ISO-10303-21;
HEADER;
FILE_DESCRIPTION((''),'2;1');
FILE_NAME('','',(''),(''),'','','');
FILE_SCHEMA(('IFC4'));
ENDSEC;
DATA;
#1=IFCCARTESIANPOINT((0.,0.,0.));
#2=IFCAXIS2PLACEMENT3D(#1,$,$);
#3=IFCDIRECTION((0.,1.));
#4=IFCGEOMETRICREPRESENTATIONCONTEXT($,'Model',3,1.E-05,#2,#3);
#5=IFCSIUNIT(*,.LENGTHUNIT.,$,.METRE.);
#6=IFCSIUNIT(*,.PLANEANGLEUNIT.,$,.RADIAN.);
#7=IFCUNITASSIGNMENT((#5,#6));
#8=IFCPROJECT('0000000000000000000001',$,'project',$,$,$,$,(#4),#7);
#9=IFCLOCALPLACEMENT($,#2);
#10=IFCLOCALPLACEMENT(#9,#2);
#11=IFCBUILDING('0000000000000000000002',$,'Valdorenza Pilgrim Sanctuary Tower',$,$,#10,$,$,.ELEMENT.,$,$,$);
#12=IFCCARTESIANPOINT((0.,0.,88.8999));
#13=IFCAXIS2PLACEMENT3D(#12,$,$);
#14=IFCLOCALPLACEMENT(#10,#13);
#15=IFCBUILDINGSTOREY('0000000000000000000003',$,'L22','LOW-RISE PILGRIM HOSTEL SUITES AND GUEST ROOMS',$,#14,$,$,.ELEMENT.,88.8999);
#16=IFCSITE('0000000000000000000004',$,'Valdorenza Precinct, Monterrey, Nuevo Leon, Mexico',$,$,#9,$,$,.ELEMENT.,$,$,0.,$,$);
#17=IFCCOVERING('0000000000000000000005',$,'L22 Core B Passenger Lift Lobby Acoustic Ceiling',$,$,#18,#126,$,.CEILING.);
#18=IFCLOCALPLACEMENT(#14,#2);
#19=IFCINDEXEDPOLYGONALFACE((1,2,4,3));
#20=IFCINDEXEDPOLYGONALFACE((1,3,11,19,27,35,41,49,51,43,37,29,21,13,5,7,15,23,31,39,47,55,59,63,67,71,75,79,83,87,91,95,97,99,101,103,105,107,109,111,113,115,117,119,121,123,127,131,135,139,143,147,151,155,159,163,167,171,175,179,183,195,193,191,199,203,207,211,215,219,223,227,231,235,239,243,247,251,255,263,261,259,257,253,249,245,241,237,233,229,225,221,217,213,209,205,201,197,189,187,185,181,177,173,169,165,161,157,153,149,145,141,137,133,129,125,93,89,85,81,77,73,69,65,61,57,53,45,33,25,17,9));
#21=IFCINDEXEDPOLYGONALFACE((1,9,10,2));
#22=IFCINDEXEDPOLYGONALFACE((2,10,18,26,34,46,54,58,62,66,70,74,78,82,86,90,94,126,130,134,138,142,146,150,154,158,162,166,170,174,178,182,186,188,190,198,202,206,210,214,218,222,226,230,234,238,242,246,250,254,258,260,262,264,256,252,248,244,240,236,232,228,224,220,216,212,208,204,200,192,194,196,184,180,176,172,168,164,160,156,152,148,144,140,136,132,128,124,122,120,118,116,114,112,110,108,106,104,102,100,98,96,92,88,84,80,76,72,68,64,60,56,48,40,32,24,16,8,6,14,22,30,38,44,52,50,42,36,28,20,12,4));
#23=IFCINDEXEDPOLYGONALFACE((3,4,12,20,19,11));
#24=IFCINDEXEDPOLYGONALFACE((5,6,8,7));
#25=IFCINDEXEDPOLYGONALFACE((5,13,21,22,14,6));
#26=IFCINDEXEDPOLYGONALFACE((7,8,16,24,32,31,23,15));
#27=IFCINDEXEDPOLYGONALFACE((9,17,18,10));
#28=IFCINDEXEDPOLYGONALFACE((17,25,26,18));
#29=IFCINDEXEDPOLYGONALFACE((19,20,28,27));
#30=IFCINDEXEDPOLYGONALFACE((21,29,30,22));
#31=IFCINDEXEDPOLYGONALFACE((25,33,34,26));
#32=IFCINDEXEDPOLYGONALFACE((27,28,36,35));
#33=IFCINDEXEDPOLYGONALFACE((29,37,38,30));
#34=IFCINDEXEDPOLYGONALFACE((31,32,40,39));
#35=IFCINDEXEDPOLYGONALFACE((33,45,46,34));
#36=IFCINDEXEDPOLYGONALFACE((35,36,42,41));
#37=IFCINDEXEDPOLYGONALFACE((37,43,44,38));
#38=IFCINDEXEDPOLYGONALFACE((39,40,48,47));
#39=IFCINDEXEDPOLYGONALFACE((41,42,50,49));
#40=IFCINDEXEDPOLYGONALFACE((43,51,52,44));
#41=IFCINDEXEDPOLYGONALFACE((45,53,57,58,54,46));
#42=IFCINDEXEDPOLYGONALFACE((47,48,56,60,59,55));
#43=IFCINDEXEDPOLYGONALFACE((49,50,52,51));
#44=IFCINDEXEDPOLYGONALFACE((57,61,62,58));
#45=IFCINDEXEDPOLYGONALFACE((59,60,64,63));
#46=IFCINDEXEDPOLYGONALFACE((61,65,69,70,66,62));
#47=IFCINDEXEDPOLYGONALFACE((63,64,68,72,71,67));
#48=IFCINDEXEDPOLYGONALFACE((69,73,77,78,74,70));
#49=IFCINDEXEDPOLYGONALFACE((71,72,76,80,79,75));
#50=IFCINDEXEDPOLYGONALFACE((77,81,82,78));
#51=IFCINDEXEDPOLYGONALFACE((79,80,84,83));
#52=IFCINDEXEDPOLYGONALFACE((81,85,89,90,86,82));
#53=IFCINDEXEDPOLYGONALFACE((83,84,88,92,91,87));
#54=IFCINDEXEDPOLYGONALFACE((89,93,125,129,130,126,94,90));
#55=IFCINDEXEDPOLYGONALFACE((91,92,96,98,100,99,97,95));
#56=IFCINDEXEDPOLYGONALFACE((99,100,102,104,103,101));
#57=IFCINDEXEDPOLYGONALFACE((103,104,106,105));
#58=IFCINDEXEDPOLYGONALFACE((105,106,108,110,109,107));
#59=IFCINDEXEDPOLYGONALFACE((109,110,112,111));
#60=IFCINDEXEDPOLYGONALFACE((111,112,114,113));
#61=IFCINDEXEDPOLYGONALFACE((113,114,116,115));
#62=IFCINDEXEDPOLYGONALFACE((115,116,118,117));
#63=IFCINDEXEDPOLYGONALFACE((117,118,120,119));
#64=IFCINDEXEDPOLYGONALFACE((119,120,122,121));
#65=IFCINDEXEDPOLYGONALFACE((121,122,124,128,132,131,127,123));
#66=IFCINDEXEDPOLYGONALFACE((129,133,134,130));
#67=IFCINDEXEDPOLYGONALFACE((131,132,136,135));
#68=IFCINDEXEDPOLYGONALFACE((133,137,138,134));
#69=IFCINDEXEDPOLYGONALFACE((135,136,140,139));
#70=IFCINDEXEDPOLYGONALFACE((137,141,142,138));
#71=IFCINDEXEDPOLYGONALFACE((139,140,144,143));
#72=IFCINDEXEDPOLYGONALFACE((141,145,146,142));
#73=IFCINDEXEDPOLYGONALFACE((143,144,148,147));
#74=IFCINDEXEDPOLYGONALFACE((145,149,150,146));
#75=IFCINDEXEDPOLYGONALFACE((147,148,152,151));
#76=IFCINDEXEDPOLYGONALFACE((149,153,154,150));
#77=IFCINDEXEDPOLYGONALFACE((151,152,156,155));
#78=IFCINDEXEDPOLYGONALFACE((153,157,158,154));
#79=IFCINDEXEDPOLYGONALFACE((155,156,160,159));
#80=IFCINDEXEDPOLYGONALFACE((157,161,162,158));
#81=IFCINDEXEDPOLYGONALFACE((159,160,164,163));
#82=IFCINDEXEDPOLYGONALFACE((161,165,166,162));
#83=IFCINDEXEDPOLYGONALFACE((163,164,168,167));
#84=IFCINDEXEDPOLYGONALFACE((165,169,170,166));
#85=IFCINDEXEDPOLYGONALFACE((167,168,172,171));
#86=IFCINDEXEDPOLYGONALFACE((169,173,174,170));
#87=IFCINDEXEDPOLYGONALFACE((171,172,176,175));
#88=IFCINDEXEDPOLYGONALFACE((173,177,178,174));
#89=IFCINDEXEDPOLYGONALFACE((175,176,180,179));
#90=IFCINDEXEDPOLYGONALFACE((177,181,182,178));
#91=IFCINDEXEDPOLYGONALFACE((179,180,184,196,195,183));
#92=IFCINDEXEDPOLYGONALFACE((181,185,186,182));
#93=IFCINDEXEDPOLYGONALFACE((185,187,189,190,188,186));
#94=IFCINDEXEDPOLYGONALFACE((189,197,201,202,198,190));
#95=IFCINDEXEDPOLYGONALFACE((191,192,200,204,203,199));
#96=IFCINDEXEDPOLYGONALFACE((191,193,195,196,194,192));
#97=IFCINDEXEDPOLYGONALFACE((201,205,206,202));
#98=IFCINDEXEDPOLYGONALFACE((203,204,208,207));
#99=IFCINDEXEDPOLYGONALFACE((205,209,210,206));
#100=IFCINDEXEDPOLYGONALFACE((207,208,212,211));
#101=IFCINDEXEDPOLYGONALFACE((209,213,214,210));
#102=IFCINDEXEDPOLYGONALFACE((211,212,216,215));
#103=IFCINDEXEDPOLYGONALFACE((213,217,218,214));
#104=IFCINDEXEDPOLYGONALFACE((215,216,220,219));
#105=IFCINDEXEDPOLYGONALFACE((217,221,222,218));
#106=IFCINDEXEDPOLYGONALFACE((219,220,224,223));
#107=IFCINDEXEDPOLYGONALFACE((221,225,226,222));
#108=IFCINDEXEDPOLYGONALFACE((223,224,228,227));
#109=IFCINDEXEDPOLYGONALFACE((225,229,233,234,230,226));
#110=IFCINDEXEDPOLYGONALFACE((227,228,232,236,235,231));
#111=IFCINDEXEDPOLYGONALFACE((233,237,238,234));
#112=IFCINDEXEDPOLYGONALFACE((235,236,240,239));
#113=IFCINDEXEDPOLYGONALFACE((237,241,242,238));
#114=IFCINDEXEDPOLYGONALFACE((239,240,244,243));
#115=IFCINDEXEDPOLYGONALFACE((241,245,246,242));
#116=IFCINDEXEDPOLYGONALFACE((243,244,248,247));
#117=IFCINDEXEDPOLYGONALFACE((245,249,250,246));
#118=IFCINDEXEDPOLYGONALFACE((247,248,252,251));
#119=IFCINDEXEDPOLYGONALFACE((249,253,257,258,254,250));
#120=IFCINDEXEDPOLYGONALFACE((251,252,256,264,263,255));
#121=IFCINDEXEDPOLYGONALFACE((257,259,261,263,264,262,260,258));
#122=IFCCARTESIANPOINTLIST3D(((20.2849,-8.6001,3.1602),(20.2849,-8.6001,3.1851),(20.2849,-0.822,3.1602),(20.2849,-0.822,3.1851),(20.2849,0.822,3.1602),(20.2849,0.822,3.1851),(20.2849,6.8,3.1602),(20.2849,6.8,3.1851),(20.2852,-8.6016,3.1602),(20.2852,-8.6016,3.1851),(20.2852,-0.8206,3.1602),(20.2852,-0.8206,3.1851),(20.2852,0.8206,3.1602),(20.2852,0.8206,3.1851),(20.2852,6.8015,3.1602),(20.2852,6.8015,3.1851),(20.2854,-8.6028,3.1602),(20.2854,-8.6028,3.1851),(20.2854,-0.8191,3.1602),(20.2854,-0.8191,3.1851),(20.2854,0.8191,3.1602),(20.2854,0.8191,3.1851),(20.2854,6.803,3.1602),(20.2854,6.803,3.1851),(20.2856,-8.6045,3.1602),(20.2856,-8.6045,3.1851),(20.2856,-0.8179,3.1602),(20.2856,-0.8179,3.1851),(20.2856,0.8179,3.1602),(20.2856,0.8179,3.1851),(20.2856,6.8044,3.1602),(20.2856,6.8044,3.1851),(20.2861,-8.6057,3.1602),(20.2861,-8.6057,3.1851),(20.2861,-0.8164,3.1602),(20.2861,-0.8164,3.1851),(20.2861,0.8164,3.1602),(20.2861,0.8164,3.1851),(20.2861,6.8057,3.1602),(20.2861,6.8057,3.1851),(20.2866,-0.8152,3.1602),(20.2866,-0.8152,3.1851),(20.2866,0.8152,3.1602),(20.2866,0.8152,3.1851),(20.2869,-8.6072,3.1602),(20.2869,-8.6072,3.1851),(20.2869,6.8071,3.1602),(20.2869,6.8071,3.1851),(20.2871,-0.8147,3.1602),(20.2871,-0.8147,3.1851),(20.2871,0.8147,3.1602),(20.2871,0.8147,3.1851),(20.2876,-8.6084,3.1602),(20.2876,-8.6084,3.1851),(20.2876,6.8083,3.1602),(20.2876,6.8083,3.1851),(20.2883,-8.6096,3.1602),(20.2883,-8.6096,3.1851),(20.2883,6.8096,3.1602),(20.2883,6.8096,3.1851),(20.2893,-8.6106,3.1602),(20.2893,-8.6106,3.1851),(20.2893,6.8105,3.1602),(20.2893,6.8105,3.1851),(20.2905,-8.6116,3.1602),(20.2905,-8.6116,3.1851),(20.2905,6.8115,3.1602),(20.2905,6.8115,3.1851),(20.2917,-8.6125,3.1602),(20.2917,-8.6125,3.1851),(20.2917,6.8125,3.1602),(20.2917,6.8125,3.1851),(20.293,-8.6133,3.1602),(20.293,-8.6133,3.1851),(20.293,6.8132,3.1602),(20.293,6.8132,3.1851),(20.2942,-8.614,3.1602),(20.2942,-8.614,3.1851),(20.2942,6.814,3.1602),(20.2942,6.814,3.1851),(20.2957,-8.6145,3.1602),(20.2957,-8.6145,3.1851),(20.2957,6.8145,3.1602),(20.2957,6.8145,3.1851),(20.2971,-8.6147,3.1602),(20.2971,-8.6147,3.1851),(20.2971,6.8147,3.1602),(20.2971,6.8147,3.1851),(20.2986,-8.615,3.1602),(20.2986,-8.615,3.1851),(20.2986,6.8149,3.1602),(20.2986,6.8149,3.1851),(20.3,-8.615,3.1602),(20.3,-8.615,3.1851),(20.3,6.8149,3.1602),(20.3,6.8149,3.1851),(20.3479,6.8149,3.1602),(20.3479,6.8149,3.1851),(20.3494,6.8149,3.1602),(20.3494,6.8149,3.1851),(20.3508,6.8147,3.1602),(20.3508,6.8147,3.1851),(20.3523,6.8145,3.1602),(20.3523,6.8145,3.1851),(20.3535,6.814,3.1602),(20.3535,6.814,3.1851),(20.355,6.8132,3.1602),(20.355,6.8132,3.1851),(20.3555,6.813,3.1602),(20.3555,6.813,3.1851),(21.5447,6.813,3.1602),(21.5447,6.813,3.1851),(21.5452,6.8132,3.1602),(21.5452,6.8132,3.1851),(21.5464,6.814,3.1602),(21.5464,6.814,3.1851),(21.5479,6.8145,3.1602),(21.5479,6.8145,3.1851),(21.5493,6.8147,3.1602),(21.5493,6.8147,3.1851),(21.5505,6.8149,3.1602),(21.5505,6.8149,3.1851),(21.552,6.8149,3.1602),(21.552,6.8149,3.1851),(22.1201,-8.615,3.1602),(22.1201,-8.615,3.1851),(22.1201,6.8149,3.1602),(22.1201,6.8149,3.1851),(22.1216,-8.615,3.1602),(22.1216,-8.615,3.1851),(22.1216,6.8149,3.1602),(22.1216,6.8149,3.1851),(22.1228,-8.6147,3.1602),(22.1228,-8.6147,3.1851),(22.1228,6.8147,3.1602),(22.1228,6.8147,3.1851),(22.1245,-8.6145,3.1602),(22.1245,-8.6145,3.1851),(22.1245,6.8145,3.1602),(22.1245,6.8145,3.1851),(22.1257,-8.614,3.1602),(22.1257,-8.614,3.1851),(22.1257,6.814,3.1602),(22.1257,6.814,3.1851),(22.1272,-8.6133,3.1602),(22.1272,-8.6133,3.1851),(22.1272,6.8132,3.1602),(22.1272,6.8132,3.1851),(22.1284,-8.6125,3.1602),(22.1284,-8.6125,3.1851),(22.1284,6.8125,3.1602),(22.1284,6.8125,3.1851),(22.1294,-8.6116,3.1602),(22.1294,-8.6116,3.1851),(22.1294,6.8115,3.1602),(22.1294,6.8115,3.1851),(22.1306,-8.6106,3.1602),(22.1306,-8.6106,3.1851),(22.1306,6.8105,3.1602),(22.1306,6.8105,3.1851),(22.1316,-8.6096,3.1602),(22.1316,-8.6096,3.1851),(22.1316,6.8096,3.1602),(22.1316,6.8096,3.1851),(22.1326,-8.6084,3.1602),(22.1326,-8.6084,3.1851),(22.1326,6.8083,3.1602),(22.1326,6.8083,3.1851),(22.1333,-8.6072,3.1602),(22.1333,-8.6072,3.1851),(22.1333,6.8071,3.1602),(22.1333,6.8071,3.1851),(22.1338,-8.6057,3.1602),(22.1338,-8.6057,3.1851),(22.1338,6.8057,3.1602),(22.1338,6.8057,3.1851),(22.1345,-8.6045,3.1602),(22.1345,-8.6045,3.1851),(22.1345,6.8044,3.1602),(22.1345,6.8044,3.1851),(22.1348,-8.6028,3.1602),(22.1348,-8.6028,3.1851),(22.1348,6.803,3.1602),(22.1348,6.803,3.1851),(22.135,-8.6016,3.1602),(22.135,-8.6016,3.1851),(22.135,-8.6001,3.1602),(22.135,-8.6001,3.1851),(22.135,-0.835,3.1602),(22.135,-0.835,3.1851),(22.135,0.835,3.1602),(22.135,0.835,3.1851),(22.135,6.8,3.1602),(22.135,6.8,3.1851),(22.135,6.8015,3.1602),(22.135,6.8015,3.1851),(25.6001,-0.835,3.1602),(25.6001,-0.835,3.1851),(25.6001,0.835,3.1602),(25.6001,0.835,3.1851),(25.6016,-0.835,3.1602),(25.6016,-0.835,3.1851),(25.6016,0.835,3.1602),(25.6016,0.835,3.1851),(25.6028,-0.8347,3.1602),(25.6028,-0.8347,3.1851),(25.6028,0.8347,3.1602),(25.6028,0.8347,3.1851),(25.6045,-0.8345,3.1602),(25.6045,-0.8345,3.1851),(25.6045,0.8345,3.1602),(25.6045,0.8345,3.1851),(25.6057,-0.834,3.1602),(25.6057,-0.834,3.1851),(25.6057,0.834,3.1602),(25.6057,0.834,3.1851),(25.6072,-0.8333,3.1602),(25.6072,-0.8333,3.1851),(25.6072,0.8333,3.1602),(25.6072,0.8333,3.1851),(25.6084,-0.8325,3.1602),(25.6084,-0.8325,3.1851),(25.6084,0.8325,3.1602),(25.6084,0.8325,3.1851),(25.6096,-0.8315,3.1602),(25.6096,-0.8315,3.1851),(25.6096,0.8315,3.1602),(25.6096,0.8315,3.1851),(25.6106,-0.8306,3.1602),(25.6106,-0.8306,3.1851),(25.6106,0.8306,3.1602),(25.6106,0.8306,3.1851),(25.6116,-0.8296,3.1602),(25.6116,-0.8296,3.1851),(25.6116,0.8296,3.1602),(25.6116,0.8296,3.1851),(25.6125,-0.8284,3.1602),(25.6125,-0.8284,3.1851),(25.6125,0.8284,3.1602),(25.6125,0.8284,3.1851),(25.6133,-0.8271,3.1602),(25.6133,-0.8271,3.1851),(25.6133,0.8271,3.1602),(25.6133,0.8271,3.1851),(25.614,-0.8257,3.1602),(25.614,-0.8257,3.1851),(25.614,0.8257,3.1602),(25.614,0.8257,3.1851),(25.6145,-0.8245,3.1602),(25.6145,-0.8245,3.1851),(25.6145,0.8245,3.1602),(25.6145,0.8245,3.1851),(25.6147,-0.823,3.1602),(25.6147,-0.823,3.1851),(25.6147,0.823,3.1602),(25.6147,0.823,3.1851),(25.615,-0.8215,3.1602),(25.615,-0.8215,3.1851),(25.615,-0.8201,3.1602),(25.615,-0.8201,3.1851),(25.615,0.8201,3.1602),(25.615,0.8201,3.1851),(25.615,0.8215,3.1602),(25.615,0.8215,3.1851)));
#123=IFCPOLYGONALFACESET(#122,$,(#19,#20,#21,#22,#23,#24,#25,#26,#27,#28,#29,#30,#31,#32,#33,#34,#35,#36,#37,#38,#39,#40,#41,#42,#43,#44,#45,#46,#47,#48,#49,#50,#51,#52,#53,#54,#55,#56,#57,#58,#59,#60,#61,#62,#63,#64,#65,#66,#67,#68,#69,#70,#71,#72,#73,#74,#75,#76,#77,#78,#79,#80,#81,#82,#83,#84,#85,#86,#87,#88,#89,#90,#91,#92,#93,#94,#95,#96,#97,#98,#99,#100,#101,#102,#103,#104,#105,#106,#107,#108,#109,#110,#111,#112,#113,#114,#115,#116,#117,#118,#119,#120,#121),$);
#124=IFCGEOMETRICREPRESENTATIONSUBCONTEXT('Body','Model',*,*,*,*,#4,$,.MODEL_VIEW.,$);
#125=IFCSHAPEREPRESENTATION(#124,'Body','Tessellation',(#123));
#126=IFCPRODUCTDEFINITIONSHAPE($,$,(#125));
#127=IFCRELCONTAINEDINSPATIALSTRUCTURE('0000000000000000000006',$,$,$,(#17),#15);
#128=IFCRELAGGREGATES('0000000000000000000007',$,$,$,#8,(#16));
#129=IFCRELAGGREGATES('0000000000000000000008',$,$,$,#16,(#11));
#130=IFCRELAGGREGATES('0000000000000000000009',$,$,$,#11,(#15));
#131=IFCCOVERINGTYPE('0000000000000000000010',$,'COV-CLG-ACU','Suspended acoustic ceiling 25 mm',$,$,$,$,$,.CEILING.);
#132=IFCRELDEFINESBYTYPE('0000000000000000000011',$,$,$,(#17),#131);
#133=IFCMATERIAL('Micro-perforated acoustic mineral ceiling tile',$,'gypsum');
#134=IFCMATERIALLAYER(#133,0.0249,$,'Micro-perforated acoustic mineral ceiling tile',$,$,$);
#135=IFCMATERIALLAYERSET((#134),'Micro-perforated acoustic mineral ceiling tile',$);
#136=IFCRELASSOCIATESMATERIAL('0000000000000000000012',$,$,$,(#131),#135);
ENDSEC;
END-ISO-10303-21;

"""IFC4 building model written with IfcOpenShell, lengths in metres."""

from ifc_helpers import new_model, si_unit, direction, frame, origin, place, context, subcontext, project, spatial, polyline, outline, extrude, material, layer, layer_set, type_object, element, save


model = new_model("IFC4")

# Units and contexts
model_context = context("Model", 3, precision=1e-05, world=origin(), true_north=direction((0.0, 1.0)))
body_context = subcontext(model_context, "Body", "Model", "MODEL_VIEW")
ifc_project = project(units=[si_unit("LENGTHUNIT", "METRE"), si_unit("PLANEANGLEUNIT", "RADIAN")], contexts=[model_context])

# Site, building, storey
site_placement = place(None, origin())
site = spatial("IfcSite", under=ifc_project, at=site_placement, Name="Valdorenza Precinct, Monterrey, Nuevo Leon, Mexico", CompositionType="ELEMENT", RefElevation=0.0)
building_placement = place(site_placement, origin())
building = spatial("IfcBuilding", under=site, at=building_placement, Name="Valdorenza Pilgrim Sanctuary Tower", CompositionType="ELEMENT")
storey_placement = place(building_placement, frame((0.0, 0.0, 88.8999)))
storey = spatial("IfcBuildingStorey", under=building, at=storey_placement, Name="L22", Description="LOW-RISE PILGRIM HOSTEL SUITES AND GUEST ROOMS", CompositionType="ELEMENT", Elevation=88.8999)

# Covering
ifc_material_1 = material(Name="Micro-perforated acoustic mineral ceiling tile", Category="gypsum")
ifc_layer_1 = layer(ifc_material_1, 0.0249, Name="Micro-perforated acoustic mineral ceiling tile")
ifc_layer_set_1 = layer_set([ifc_layer_1], Name="Micro-perforated acoustic mineral ceiling tile")
covering_type_1 = type_object("IfcCoveringType", Name="COV-CLG-ACU", Description="Suspended acoustic ceiling 25 mm", PredefinedType="CEILING", material=ifc_layer_set_1)
covering_1_placement = place(storey_placement, frame((0.0, 0.0, 3.1602)))
element("IfcCovering", 1, at=covering_1_placement, inside=storey, type_object=covering_type_1, Name="L22 Core B Passenger Lift Lobby Acoustic Ceiling", PredefinedType="CEILING", context=body_context, shape_type="SweptSolid", body=[
    extrude(outline(polyline([(20.2871, -0.8147), (20.2871, 0.8147), (20.2866, 0.8152), (20.2861, 0.8164), (20.2856, 0.8179), (20.2854, 0.8191), (20.2852, 0.8206), (20.2849, 0.822), (20.2849, 6.8), (20.2852, 6.8015), (20.2854, 6.803), (20.2856, 6.8044), (20.2861, 6.8057), (20.2869, 6.8071), (20.2876, 6.8083), (20.2883, 6.8096), (20.2893, 6.8105), (20.2905, 6.8115), (20.2917, 6.8125), (20.293, 6.8132), (20.2942, 6.814), (20.2957, 6.8145), (20.2971, 6.8147), (20.2986, 6.8149), (20.3, 6.8149), (20.3479, 6.8149), (20.3494, 6.8149), (20.3508, 6.8147), (20.3523, 6.8145), (20.3535, 6.814), (20.355, 6.8132), (20.3555, 6.813), (21.5447, 6.813), (21.5452, 6.8132), (21.5464, 6.814), (21.5479, 6.8145), (21.5493, 6.8147), (21.5505, 6.8149), (21.552, 6.8149), (22.1201, 6.8149), (22.1216, 6.8149), (22.1228, 6.8147), (22.1245, 6.8145), (22.1257, 6.814), (22.1272, 6.8132), (22.1284, 6.8125), (22.1294, 6.8115), (22.1306, 6.8105), (22.1316, 6.8096), (22.1326, 6.8083), (22.1333, 6.8071), (22.1338, 6.8057), (22.1345, 6.8044), (22.1348, 6.803), (22.135, 6.8015), (22.135, 6.8), (22.135, 0.835), (25.6001, 0.835), (25.6016, 0.835), (25.6028, 0.8347), (25.6045, 0.8345), (25.6057, 0.834), (25.6072, 0.8333), (25.6084, 0.8325), (25.6096, 0.8315), (25.6106, 0.8306), (25.6116, 0.8296), (25.6125, 0.8284), (25.6133, 0.8271), (25.614, 0.8257), (25.6145, 0.8245), (25.6147, 0.823), (25.615, 0.8215), (25.615, 0.8201), (25.615, -0.8201), (25.615, -0.8215), (25.6147, -0.823), (25.6145, -0.8245), (25.614, -0.8257), (25.6133, -0.8271), (25.6125, -0.8284), (25.6116, -0.8296), (25.6106, -0.8306), (25.6096, -0.8315), (25.6084, -0.8325), (25.6072, -0.8333), (25.6057, -0.834), (25.6045, -0.8345), (25.6028, -0.8347), (25.6016, -0.835), (25.6001, -0.835), (22.135, -0.835), (22.135, -8.6001), (22.135, -8.6016), (22.1348, -8.6028), (22.1345, -8.6045), (22.1338, -8.6057), (22.1333, -8.6072), (22.1326, -8.6084), (22.1316, -8.6096), (22.1306, -8.6106), (22.1294, -8.6116), (22.1284, -8.6125), (22.1272, -8.6133), (22.1257, -8.614), (22.1245, -8.6145), (22.1228, -8.6147), (22.1216, -8.615), (22.1201, -8.615), (20.3, -8.615), (20.2986, -8.615), (20.2971, -8.6147), (20.2957, -8.6145), (20.2942, -8.614), (20.293, -8.6133), (20.2917, -8.6125), (20.2905, -8.6116), (20.2893, -8.6106), (20.2883, -8.6096), (20.2876, -8.6084), (20.2869, -8.6072), (20.2861, -8.6057), (20.2856, -8.6045), (20.2854, -8.6028), (20.2852, -8.6016), (20.2849, -8.6001), (20.2849, -0.822), (20.2852, -0.8206), (20.2854, -0.8191), (20.2856, -0.8179), (20.2861, -0.8164), (20.2866, -0.8152), (20.2871, -0.8147)])), origin(), (0.0, 0.0, 1.0), 0.0249),
])

save(model, "model.ifc")
